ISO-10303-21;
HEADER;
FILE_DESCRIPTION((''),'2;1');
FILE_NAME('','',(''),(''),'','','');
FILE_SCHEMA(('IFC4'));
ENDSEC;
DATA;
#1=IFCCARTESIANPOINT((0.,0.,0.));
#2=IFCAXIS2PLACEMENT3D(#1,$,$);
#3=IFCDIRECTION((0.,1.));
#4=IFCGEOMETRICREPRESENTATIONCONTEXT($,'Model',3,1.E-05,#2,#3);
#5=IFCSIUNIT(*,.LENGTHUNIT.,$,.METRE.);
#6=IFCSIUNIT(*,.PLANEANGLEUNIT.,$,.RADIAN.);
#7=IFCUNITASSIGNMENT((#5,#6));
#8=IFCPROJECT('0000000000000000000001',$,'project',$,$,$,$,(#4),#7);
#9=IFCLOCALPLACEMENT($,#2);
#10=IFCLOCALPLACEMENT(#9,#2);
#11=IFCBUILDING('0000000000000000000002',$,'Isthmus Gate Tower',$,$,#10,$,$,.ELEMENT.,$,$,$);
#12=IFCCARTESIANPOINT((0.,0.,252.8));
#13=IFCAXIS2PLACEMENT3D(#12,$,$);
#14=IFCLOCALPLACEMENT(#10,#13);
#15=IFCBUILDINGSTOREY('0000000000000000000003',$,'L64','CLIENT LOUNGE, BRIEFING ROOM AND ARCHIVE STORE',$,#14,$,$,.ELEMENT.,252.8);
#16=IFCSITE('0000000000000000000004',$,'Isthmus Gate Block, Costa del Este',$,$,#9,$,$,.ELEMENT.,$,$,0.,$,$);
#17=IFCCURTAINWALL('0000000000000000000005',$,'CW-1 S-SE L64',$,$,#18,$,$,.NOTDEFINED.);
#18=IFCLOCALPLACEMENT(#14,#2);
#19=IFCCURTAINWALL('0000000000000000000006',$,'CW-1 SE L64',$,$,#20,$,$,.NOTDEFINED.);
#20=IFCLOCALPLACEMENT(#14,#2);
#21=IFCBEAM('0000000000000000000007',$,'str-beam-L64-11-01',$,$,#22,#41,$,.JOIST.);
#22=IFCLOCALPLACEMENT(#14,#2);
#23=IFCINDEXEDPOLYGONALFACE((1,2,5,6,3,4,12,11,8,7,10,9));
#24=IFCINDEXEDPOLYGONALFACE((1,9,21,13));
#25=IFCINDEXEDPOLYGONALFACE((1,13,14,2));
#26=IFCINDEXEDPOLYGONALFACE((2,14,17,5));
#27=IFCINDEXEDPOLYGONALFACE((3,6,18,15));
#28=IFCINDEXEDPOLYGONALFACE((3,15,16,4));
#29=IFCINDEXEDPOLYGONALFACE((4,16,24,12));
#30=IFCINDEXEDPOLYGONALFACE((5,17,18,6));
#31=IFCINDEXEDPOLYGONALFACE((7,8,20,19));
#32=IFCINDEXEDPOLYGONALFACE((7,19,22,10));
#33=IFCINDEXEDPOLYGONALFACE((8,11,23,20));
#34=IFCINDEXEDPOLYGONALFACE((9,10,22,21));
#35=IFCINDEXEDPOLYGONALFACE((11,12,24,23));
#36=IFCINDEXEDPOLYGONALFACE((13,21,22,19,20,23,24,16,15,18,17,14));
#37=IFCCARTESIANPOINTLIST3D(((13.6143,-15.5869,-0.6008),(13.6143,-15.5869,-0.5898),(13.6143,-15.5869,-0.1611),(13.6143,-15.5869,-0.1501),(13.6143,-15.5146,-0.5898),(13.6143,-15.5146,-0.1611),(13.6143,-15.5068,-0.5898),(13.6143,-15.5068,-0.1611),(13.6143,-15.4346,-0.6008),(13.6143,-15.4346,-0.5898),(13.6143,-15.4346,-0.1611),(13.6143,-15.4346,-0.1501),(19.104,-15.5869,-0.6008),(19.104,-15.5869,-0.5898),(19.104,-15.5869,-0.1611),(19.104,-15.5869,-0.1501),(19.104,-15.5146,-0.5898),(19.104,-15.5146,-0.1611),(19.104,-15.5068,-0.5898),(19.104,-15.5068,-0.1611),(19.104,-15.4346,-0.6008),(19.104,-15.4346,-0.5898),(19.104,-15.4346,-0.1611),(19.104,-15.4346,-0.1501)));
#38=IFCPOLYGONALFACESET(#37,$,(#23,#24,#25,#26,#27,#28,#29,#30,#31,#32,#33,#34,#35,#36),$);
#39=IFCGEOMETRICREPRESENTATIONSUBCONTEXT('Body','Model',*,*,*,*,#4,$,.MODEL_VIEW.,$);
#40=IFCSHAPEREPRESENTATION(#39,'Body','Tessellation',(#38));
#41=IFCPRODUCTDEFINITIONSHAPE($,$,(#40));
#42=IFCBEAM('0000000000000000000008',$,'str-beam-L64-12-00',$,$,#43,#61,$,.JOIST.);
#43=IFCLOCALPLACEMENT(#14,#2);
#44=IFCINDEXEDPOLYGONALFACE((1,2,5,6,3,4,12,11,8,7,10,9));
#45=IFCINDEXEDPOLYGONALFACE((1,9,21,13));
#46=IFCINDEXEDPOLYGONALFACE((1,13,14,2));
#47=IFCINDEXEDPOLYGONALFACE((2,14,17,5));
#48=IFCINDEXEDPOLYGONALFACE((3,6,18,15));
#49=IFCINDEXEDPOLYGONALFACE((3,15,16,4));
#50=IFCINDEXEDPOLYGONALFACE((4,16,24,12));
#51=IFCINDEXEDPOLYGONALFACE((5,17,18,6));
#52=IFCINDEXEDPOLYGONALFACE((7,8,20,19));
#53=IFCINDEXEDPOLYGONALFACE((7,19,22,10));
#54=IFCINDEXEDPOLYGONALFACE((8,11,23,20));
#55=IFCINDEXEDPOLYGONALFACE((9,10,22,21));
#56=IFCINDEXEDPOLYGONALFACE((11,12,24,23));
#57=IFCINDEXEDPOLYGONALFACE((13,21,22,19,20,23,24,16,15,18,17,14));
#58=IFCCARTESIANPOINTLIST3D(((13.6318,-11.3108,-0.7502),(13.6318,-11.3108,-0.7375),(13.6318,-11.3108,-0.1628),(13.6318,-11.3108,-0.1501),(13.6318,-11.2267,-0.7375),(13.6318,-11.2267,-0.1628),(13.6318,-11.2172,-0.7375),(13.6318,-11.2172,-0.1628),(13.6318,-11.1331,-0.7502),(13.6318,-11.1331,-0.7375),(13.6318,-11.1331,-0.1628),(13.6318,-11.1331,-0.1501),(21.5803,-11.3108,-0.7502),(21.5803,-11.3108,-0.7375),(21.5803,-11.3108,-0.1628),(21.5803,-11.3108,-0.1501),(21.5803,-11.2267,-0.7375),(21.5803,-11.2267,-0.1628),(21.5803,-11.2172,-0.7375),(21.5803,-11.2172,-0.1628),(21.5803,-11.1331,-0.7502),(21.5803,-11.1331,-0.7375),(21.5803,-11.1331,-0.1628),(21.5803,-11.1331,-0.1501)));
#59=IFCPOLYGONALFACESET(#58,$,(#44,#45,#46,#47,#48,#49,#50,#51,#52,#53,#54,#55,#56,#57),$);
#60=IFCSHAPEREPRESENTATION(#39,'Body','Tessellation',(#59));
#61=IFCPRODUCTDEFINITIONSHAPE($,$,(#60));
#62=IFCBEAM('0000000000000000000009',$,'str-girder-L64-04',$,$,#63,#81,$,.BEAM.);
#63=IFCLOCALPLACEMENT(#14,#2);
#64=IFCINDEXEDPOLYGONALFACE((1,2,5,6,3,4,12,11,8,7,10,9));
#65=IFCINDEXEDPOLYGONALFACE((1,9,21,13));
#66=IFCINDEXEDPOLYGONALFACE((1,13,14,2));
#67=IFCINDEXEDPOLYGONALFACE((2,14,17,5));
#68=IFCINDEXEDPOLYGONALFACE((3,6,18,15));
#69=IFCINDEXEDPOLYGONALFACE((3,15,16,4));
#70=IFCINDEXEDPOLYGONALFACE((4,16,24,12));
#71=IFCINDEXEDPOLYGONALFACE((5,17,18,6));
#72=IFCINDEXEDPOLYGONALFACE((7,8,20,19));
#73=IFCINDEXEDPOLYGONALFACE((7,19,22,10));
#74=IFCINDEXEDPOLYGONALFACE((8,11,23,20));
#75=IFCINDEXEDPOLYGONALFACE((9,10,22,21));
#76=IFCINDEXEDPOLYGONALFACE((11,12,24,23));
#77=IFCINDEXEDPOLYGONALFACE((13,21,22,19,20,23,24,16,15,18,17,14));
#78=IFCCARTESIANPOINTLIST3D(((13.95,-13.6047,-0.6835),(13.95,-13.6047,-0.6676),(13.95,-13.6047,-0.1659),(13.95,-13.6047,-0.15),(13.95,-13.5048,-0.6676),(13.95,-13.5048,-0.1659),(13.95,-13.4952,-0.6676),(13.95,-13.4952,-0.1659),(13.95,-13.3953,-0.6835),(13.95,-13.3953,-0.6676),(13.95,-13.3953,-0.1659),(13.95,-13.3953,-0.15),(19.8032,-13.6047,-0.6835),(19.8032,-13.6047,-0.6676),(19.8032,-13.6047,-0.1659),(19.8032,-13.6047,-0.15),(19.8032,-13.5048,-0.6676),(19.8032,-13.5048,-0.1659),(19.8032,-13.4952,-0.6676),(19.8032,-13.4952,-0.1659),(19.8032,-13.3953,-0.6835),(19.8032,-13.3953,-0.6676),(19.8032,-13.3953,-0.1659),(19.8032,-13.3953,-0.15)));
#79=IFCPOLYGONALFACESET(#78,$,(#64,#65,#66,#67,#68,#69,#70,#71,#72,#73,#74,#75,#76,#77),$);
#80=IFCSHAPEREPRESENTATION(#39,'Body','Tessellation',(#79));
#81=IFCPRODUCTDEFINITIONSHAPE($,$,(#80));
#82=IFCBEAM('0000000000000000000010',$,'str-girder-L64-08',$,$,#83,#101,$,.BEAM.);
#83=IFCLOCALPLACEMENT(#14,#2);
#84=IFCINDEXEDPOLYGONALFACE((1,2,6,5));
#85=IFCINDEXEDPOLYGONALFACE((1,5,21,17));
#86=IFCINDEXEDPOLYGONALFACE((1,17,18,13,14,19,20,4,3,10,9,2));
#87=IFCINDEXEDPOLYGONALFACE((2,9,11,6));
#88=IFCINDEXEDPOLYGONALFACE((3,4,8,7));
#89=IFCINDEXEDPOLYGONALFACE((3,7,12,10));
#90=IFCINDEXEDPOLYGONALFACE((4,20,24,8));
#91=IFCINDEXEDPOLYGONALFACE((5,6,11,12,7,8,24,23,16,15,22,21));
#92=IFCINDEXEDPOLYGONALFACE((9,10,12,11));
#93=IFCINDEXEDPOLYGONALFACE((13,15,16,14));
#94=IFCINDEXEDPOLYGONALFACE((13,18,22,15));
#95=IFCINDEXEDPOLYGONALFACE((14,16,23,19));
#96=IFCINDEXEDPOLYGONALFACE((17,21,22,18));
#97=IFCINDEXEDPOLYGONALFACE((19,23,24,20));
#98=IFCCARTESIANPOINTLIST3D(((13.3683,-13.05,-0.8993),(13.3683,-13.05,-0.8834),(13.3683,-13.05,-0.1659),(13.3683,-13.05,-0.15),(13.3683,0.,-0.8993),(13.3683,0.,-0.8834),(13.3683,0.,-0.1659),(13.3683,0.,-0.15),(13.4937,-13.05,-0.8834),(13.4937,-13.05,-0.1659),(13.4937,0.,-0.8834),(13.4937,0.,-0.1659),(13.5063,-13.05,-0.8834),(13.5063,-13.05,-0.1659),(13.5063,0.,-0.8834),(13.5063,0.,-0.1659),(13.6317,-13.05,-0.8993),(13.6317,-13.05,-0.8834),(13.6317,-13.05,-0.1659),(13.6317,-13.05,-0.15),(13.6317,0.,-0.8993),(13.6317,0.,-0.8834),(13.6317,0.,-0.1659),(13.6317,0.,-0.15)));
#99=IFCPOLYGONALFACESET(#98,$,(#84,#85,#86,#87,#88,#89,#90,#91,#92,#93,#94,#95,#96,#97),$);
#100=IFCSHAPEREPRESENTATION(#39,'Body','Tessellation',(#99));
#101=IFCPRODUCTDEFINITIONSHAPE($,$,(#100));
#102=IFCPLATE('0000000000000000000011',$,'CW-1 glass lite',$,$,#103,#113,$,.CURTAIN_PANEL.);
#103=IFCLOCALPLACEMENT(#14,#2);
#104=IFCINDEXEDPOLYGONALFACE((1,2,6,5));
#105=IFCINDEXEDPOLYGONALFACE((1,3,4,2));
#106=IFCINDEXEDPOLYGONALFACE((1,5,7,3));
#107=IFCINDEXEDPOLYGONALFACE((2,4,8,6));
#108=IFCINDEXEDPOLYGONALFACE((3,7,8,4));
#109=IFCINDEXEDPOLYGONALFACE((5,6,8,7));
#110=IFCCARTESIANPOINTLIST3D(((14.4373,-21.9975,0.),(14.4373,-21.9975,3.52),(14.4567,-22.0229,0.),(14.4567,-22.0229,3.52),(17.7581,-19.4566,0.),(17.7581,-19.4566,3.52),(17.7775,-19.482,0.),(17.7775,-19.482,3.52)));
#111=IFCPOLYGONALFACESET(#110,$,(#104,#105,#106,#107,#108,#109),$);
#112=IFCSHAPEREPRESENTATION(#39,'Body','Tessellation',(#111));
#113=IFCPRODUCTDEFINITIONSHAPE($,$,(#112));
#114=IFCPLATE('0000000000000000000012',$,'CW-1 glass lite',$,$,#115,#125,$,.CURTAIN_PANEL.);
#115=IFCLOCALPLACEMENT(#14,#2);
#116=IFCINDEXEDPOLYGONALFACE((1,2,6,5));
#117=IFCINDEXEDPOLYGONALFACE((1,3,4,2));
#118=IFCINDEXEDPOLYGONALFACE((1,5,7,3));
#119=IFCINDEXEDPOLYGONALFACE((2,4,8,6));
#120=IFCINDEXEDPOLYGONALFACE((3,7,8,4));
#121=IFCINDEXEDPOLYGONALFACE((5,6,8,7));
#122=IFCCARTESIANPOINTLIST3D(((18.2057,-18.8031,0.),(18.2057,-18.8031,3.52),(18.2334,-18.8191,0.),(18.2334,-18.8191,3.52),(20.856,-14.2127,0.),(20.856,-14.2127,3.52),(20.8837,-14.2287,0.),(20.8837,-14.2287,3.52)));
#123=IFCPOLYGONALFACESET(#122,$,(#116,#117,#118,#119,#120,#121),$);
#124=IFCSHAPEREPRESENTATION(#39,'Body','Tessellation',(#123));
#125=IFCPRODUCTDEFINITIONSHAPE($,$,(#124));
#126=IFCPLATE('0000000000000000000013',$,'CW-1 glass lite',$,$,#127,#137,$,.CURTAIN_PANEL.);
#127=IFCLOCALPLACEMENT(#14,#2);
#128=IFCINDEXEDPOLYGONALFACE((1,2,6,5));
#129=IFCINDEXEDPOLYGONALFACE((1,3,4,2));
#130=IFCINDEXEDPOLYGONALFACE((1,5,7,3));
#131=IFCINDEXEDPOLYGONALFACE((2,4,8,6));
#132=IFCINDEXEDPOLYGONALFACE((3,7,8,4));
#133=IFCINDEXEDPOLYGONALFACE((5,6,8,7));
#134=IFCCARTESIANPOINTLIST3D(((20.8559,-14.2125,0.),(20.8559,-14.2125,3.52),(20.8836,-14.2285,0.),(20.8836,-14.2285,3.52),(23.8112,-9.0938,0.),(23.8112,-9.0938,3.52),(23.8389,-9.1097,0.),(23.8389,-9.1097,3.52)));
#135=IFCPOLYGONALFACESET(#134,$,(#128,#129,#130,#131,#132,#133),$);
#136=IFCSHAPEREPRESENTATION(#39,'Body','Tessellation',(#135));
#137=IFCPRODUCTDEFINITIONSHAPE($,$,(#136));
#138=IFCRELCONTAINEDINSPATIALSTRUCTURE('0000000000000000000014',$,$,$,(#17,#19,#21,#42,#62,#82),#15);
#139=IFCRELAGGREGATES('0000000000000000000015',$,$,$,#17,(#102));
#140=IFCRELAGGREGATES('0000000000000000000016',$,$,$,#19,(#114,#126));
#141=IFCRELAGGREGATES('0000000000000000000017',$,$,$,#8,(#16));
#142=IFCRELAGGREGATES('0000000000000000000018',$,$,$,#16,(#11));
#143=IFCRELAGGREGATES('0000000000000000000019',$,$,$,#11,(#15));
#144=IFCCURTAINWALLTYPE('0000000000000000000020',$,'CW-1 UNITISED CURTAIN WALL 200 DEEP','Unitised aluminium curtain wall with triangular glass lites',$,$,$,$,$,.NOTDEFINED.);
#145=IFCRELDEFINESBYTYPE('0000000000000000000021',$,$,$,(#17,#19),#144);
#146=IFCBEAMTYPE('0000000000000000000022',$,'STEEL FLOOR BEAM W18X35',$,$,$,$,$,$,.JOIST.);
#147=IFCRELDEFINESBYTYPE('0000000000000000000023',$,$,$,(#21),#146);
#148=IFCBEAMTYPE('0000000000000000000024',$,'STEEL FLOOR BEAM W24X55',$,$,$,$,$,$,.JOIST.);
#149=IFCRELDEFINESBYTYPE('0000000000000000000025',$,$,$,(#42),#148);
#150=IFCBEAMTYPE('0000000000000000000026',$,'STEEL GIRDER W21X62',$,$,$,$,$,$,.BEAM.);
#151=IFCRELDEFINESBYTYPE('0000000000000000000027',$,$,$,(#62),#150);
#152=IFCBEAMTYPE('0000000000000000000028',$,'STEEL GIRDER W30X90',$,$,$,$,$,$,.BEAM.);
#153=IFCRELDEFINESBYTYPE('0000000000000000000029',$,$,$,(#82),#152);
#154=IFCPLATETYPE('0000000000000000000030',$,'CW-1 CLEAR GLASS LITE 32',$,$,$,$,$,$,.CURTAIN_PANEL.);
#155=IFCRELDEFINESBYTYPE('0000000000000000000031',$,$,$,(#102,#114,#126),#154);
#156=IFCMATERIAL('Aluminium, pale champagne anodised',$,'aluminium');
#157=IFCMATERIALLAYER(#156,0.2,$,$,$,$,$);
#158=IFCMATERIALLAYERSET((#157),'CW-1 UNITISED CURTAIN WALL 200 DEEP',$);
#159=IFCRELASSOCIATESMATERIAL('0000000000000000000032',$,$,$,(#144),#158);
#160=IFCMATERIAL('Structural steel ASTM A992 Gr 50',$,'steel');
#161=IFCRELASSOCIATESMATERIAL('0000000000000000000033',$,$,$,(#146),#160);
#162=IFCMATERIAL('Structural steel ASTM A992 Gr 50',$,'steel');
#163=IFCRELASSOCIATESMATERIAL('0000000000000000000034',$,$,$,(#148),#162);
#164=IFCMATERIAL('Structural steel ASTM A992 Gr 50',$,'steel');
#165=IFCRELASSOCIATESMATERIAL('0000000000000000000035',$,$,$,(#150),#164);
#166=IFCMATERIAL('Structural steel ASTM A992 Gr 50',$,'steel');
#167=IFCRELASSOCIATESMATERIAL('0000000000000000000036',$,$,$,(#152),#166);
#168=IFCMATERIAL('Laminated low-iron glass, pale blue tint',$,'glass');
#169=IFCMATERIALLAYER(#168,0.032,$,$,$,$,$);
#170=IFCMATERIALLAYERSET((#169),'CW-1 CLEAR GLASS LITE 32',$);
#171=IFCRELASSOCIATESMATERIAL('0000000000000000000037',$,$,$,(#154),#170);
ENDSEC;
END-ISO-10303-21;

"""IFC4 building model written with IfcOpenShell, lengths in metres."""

from ifc_helpers import new_model, si_unit, direction, frame, origin, origin_2d, place, context, subcontext, project, spatial, rectangle, i_section, extrude, material, layer, layer_set, material_profile, profile_set, type_object, element, aggregate, save


model = new_model("IFC4")

# Units and contexts
model_context = context("Model", 3, precision=1e-05, world=origin(), true_north=direction((0.0, 1.0)))
body_context = subcontext(model_context, "Body", "Model", "MODEL_VIEW")
ifc_project = project(units=[si_unit("LENGTHUNIT", "METRE"), si_unit("PLANEANGLEUNIT", "RADIAN")], contexts=[model_context])

# Site, building, storey
site_placement = place(None, origin())
site = spatial("IfcSite", under=ifc_project, at=site_placement, Name="Isthmus Gate Block, Costa del Este", CompositionType="ELEMENT", RefElevation=0.0)
building_placement = place(site_placement, origin())
building = spatial("IfcBuilding", under=site, at=building_placement, Name="Isthmus Gate Tower", CompositionType="ELEMENT")
storey_placement = place(building_placement, frame((0.0, 0.0, 252.8)))
storey = spatial("IfcBuildingStorey", under=building, at=storey_placement, Name="L64", Description="CLIENT LOUNGE, BRIEFING ROOM AND ARCHIVE STORE", CompositionType="ELEMENT", Elevation=252.8)

# Curtain walls
ifc_material_1 = material(Name="Aluminium, pale champagne anodised", Category="aluminium")
ifc_layer_1 = layer(ifc_material_1, 0.2)
ifc_layer_set_1 = layer_set([ifc_layer_1], Name="CW-1 UNITISED CURTAIN WALL 200 DEEP")
curtain_wall_type = type_object("IfcCurtainWallType", Name="CW-1 UNITISED CURTAIN WALL 200 DEEP", Description="Unitised aluminium curtain wall with triangular glass lites", PredefinedType="NOTDEFINED", material=ifc_layer_set_1)
curtain_wall_1_placement = place(storey_placement, origin())
curtain_wall_1 = element("IfcCurtainWall", 1, at=curtain_wall_1_placement, inside=storey, type_object=curtain_wall_type, Name="CW-1 S-SE L64", PredefinedType="NOTDEFINED")
curtain_wall_2_placement = place(storey_placement, origin())
curtain_wall_2 = element("IfcCurtainWall", 2, at=curtain_wall_2_placement, inside=storey, type_object=curtain_wall_type, Name="CW-1 SE L64", PredefinedType="NOTDEFINED")

# Beams
ifc_material_2 = material(Name="Structural steel ASTM A992 Gr 50", Category="steel")
ifc_material_profile_1 = material_profile(ifc_material_2, i_section(OverallWidth=0.1523, OverallDepth=0.4507, WebThickness=0.0078, FlangeThickness=0.011, at=origin_2d()), Name="W18X35")
ifc_profile_set_1 = profile_set([ifc_material_profile_1], Name="Structural steel ASTM A992 Gr 50")
beam_type_1 = type_object("IfcBeamType", Name="STEEL FLOOR BEAM W18X35", PredefinedType="JOIST", material=ifc_profile_set_1)
beam_1_placement = place(storey_placement, frame((13.6143, -15.5107, -0.3755), z_axis=(1.0, 0.0, 0.0), x_axis=(0.0, 1.0, 0.0)))
element("IfcBeam", 3, at=beam_1_placement, inside=storey, type_object=beam_type_1, Name="str-beam-L64-11-01", PredefinedType="JOIST", context=body_context, shape_type="SweptSolid", body=[
    extrude(i_section(OverallWidth=0.1523, OverallDepth=0.4507, WebThickness=0.0078, FlangeThickness=0.011, at=origin_2d()), origin(), (0.0, 0.0, 1.0), 5.4897),
])
ifc_material_3 = material(Name="Structural steel ASTM A992 Gr 50", Category="steel")
ifc_material_profile_2 = material_profile(ifc_material_3, i_section(OverallWidth=0.1777, OverallDepth=0.6001, WebThickness=0.0095, FlangeThickness=0.0127, at=origin_2d()), Name="W24X55")
ifc_profile_set_2 = profile_set([ifc_material_profile_2], Name="Structural steel ASTM A992 Gr 50")
beam_type_2 = type_object("IfcBeamType", Name="STEEL FLOOR BEAM W24X55", PredefinedType="JOIST", material=ifc_profile_set_2)
beam_2_placement = place(storey_placement, frame((13.6318, -11.2219, -0.4502), z_axis=(1.0, 0.0, 0.0), x_axis=(0.0, 1.0, 0.0)))
element("IfcBeam", 4, at=beam_2_placement, inside=storey, type_object=beam_type_2, Name="str-beam-L64-12-00", PredefinedType="JOIST", context=body_context, shape_type="SweptSolid", body=[
    extrude(i_section(OverallWidth=0.1777, OverallDepth=0.6001, WebThickness=0.0095, FlangeThickness=0.0127, at=origin_2d()), origin(), (0.0, 0.0, 1.0), 7.9485),
])
ifc_material_4 = material(Name="Structural steel ASTM A992 Gr 50", Category="steel")
ifc_material_profile_3 = material_profile(ifc_material_4, i_section(OverallWidth=0.2095, OverallDepth=0.5334, WebThickness=0.0095, FlangeThickness=0.0159, at=origin_2d()), Name="W21X62")
ifc_profile_set_3 = profile_set([ifc_material_profile_3], Name="Structural steel ASTM A992 Gr 50")
beam_type_3 = type_object("IfcBeamType", Name="STEEL GIRDER W21X62", PredefinedType="BEAM", material=ifc_profile_set_3)
beam_3_placement = place(storey_placement, frame((13.95, -13.5, -0.4167), z_axis=(1.0, 0.0, 0.0), x_axis=(0.0, 1.0, 0.0)))
element("IfcBeam", 5, at=beam_3_placement, inside=storey, type_object=beam_type_3, Name="str-girder-L64-04", PredefinedType="BEAM", context=body_context, shape_type="SweptSolid", body=[
    extrude(i_section(OverallWidth=0.2095, OverallDepth=0.5334, WebThickness=0.0095, FlangeThickness=0.0159, at=origin_2d()), origin(), (0.0, 0.0, 1.0), 5.8533),
])
ifc_material_5 = material(Name="Structural steel ASTM A992 Gr 50", Category="steel")
ifc_material_profile_4 = material_profile(ifc_material_5, i_section(OverallWidth=0.2634, OverallDepth=0.7493, WebThickness=0.0127, FlangeThickness=0.0159, at=origin_2d()), Name="W30X90")
ifc_profile_set_4 = profile_set([ifc_material_profile_4], Name="Structural steel ASTM A992 Gr 50")
beam_type_4 = type_object("IfcBeamType", Name="STEEL GIRDER W30X90", PredefinedType="BEAM", material=ifc_profile_set_4)
beam_4_placement = place(storey_placement, frame((13.5, -13.05, -0.5247), z_axis=(0.0, 1.0, 0.0), x_axis=(-1.0, 0.0, 0.0)))
element("IfcBeam", 6, at=beam_4_placement, inside=storey, type_object=beam_type_4, Name="str-girder-L64-08", PredefinedType="BEAM", context=body_context, shape_type="SweptSolid", body=[
    extrude(i_section(OverallWidth=0.2634, OverallDepth=0.7493, WebThickness=0.0127, FlangeThickness=0.0159, at=origin_2d()), origin(), (0.0, 0.0, 1.0), 13.05),
])

# Plates
ifc_material_6 = material(Name="Laminated low-iron glass, pale blue tint", Category="glass")
ifc_layer_2 = layer(ifc_material_6, 0.032)
ifc_layer_set_2 = layer_set([ifc_layer_2], Name="CW-1 CLEAR GLASS LITE 32")
plate_type = type_object("IfcPlateType", Name="CW-1 CLEAR GLASS LITE 32", PredefinedType="CURTAIN_PANEL", material=ifc_layer_set_2)
plate_1_placement = place(storey_placement, frame((16.1074, -20.7397, 0.0), z_axis=(0.0, 0.0, 1.0), x_axis=(0.794189, 0.607671, 0.0)))
plate_1 = element("IfcPlate", 7, at=plate_1_placement, type_object=plate_type, Name="CW-1 glass lite", PredefinedType="CURTAIN_PANEL", context=body_context, shape_type="SweptSolid", body=[
    extrude(rectangle(XDim=4.1814, YDim=0.032, at=origin_2d()), origin(), (0.0, 0.0, 1.0), 3.52),
])
aggregate(curtain_wall_1, [plate_1])
plate_2_placement = place(storey_placement, frame((19.5447, -16.5159, 0.0), z_axis=(0.0, 0.0, 1.0), x_axis=(0.5, 0.866025, 0.0)))
plate_2 = element("IfcPlate", 8, at=plate_2_placement, type_object=plate_type, Name="CW-1 glass lite", PredefinedType="CURTAIN_PANEL", context=body_context, shape_type="SweptSolid", body=[
    extrude(rectangle(XDim=5.3005, YDim=0.032, at=origin_2d()), origin(), (0.0, 0.0, 1.0), 3.52),
])
plate_3_placement = place(storey_placement, frame((22.3474, -11.6611, 0.0), z_axis=(0.0, 0.0, 1.0), x_axis=(0.5, 0.866025, 0.0)))
plate_3 = element("IfcPlate", 9, at=plate_3_placement, type_object=plate_type, Name="CW-1 glass lite", PredefinedType="CURTAIN_PANEL", context=body_context, shape_type="SweptSolid", body=[
    extrude(rectangle(XDim=5.9106, YDim=0.032, at=origin_2d()), origin(), (0.0, 0.0, 1.0), 3.52),
])
aggregate(curtain_wall_2, [plate_2, plate_3])

save(model, "model.ifc")
